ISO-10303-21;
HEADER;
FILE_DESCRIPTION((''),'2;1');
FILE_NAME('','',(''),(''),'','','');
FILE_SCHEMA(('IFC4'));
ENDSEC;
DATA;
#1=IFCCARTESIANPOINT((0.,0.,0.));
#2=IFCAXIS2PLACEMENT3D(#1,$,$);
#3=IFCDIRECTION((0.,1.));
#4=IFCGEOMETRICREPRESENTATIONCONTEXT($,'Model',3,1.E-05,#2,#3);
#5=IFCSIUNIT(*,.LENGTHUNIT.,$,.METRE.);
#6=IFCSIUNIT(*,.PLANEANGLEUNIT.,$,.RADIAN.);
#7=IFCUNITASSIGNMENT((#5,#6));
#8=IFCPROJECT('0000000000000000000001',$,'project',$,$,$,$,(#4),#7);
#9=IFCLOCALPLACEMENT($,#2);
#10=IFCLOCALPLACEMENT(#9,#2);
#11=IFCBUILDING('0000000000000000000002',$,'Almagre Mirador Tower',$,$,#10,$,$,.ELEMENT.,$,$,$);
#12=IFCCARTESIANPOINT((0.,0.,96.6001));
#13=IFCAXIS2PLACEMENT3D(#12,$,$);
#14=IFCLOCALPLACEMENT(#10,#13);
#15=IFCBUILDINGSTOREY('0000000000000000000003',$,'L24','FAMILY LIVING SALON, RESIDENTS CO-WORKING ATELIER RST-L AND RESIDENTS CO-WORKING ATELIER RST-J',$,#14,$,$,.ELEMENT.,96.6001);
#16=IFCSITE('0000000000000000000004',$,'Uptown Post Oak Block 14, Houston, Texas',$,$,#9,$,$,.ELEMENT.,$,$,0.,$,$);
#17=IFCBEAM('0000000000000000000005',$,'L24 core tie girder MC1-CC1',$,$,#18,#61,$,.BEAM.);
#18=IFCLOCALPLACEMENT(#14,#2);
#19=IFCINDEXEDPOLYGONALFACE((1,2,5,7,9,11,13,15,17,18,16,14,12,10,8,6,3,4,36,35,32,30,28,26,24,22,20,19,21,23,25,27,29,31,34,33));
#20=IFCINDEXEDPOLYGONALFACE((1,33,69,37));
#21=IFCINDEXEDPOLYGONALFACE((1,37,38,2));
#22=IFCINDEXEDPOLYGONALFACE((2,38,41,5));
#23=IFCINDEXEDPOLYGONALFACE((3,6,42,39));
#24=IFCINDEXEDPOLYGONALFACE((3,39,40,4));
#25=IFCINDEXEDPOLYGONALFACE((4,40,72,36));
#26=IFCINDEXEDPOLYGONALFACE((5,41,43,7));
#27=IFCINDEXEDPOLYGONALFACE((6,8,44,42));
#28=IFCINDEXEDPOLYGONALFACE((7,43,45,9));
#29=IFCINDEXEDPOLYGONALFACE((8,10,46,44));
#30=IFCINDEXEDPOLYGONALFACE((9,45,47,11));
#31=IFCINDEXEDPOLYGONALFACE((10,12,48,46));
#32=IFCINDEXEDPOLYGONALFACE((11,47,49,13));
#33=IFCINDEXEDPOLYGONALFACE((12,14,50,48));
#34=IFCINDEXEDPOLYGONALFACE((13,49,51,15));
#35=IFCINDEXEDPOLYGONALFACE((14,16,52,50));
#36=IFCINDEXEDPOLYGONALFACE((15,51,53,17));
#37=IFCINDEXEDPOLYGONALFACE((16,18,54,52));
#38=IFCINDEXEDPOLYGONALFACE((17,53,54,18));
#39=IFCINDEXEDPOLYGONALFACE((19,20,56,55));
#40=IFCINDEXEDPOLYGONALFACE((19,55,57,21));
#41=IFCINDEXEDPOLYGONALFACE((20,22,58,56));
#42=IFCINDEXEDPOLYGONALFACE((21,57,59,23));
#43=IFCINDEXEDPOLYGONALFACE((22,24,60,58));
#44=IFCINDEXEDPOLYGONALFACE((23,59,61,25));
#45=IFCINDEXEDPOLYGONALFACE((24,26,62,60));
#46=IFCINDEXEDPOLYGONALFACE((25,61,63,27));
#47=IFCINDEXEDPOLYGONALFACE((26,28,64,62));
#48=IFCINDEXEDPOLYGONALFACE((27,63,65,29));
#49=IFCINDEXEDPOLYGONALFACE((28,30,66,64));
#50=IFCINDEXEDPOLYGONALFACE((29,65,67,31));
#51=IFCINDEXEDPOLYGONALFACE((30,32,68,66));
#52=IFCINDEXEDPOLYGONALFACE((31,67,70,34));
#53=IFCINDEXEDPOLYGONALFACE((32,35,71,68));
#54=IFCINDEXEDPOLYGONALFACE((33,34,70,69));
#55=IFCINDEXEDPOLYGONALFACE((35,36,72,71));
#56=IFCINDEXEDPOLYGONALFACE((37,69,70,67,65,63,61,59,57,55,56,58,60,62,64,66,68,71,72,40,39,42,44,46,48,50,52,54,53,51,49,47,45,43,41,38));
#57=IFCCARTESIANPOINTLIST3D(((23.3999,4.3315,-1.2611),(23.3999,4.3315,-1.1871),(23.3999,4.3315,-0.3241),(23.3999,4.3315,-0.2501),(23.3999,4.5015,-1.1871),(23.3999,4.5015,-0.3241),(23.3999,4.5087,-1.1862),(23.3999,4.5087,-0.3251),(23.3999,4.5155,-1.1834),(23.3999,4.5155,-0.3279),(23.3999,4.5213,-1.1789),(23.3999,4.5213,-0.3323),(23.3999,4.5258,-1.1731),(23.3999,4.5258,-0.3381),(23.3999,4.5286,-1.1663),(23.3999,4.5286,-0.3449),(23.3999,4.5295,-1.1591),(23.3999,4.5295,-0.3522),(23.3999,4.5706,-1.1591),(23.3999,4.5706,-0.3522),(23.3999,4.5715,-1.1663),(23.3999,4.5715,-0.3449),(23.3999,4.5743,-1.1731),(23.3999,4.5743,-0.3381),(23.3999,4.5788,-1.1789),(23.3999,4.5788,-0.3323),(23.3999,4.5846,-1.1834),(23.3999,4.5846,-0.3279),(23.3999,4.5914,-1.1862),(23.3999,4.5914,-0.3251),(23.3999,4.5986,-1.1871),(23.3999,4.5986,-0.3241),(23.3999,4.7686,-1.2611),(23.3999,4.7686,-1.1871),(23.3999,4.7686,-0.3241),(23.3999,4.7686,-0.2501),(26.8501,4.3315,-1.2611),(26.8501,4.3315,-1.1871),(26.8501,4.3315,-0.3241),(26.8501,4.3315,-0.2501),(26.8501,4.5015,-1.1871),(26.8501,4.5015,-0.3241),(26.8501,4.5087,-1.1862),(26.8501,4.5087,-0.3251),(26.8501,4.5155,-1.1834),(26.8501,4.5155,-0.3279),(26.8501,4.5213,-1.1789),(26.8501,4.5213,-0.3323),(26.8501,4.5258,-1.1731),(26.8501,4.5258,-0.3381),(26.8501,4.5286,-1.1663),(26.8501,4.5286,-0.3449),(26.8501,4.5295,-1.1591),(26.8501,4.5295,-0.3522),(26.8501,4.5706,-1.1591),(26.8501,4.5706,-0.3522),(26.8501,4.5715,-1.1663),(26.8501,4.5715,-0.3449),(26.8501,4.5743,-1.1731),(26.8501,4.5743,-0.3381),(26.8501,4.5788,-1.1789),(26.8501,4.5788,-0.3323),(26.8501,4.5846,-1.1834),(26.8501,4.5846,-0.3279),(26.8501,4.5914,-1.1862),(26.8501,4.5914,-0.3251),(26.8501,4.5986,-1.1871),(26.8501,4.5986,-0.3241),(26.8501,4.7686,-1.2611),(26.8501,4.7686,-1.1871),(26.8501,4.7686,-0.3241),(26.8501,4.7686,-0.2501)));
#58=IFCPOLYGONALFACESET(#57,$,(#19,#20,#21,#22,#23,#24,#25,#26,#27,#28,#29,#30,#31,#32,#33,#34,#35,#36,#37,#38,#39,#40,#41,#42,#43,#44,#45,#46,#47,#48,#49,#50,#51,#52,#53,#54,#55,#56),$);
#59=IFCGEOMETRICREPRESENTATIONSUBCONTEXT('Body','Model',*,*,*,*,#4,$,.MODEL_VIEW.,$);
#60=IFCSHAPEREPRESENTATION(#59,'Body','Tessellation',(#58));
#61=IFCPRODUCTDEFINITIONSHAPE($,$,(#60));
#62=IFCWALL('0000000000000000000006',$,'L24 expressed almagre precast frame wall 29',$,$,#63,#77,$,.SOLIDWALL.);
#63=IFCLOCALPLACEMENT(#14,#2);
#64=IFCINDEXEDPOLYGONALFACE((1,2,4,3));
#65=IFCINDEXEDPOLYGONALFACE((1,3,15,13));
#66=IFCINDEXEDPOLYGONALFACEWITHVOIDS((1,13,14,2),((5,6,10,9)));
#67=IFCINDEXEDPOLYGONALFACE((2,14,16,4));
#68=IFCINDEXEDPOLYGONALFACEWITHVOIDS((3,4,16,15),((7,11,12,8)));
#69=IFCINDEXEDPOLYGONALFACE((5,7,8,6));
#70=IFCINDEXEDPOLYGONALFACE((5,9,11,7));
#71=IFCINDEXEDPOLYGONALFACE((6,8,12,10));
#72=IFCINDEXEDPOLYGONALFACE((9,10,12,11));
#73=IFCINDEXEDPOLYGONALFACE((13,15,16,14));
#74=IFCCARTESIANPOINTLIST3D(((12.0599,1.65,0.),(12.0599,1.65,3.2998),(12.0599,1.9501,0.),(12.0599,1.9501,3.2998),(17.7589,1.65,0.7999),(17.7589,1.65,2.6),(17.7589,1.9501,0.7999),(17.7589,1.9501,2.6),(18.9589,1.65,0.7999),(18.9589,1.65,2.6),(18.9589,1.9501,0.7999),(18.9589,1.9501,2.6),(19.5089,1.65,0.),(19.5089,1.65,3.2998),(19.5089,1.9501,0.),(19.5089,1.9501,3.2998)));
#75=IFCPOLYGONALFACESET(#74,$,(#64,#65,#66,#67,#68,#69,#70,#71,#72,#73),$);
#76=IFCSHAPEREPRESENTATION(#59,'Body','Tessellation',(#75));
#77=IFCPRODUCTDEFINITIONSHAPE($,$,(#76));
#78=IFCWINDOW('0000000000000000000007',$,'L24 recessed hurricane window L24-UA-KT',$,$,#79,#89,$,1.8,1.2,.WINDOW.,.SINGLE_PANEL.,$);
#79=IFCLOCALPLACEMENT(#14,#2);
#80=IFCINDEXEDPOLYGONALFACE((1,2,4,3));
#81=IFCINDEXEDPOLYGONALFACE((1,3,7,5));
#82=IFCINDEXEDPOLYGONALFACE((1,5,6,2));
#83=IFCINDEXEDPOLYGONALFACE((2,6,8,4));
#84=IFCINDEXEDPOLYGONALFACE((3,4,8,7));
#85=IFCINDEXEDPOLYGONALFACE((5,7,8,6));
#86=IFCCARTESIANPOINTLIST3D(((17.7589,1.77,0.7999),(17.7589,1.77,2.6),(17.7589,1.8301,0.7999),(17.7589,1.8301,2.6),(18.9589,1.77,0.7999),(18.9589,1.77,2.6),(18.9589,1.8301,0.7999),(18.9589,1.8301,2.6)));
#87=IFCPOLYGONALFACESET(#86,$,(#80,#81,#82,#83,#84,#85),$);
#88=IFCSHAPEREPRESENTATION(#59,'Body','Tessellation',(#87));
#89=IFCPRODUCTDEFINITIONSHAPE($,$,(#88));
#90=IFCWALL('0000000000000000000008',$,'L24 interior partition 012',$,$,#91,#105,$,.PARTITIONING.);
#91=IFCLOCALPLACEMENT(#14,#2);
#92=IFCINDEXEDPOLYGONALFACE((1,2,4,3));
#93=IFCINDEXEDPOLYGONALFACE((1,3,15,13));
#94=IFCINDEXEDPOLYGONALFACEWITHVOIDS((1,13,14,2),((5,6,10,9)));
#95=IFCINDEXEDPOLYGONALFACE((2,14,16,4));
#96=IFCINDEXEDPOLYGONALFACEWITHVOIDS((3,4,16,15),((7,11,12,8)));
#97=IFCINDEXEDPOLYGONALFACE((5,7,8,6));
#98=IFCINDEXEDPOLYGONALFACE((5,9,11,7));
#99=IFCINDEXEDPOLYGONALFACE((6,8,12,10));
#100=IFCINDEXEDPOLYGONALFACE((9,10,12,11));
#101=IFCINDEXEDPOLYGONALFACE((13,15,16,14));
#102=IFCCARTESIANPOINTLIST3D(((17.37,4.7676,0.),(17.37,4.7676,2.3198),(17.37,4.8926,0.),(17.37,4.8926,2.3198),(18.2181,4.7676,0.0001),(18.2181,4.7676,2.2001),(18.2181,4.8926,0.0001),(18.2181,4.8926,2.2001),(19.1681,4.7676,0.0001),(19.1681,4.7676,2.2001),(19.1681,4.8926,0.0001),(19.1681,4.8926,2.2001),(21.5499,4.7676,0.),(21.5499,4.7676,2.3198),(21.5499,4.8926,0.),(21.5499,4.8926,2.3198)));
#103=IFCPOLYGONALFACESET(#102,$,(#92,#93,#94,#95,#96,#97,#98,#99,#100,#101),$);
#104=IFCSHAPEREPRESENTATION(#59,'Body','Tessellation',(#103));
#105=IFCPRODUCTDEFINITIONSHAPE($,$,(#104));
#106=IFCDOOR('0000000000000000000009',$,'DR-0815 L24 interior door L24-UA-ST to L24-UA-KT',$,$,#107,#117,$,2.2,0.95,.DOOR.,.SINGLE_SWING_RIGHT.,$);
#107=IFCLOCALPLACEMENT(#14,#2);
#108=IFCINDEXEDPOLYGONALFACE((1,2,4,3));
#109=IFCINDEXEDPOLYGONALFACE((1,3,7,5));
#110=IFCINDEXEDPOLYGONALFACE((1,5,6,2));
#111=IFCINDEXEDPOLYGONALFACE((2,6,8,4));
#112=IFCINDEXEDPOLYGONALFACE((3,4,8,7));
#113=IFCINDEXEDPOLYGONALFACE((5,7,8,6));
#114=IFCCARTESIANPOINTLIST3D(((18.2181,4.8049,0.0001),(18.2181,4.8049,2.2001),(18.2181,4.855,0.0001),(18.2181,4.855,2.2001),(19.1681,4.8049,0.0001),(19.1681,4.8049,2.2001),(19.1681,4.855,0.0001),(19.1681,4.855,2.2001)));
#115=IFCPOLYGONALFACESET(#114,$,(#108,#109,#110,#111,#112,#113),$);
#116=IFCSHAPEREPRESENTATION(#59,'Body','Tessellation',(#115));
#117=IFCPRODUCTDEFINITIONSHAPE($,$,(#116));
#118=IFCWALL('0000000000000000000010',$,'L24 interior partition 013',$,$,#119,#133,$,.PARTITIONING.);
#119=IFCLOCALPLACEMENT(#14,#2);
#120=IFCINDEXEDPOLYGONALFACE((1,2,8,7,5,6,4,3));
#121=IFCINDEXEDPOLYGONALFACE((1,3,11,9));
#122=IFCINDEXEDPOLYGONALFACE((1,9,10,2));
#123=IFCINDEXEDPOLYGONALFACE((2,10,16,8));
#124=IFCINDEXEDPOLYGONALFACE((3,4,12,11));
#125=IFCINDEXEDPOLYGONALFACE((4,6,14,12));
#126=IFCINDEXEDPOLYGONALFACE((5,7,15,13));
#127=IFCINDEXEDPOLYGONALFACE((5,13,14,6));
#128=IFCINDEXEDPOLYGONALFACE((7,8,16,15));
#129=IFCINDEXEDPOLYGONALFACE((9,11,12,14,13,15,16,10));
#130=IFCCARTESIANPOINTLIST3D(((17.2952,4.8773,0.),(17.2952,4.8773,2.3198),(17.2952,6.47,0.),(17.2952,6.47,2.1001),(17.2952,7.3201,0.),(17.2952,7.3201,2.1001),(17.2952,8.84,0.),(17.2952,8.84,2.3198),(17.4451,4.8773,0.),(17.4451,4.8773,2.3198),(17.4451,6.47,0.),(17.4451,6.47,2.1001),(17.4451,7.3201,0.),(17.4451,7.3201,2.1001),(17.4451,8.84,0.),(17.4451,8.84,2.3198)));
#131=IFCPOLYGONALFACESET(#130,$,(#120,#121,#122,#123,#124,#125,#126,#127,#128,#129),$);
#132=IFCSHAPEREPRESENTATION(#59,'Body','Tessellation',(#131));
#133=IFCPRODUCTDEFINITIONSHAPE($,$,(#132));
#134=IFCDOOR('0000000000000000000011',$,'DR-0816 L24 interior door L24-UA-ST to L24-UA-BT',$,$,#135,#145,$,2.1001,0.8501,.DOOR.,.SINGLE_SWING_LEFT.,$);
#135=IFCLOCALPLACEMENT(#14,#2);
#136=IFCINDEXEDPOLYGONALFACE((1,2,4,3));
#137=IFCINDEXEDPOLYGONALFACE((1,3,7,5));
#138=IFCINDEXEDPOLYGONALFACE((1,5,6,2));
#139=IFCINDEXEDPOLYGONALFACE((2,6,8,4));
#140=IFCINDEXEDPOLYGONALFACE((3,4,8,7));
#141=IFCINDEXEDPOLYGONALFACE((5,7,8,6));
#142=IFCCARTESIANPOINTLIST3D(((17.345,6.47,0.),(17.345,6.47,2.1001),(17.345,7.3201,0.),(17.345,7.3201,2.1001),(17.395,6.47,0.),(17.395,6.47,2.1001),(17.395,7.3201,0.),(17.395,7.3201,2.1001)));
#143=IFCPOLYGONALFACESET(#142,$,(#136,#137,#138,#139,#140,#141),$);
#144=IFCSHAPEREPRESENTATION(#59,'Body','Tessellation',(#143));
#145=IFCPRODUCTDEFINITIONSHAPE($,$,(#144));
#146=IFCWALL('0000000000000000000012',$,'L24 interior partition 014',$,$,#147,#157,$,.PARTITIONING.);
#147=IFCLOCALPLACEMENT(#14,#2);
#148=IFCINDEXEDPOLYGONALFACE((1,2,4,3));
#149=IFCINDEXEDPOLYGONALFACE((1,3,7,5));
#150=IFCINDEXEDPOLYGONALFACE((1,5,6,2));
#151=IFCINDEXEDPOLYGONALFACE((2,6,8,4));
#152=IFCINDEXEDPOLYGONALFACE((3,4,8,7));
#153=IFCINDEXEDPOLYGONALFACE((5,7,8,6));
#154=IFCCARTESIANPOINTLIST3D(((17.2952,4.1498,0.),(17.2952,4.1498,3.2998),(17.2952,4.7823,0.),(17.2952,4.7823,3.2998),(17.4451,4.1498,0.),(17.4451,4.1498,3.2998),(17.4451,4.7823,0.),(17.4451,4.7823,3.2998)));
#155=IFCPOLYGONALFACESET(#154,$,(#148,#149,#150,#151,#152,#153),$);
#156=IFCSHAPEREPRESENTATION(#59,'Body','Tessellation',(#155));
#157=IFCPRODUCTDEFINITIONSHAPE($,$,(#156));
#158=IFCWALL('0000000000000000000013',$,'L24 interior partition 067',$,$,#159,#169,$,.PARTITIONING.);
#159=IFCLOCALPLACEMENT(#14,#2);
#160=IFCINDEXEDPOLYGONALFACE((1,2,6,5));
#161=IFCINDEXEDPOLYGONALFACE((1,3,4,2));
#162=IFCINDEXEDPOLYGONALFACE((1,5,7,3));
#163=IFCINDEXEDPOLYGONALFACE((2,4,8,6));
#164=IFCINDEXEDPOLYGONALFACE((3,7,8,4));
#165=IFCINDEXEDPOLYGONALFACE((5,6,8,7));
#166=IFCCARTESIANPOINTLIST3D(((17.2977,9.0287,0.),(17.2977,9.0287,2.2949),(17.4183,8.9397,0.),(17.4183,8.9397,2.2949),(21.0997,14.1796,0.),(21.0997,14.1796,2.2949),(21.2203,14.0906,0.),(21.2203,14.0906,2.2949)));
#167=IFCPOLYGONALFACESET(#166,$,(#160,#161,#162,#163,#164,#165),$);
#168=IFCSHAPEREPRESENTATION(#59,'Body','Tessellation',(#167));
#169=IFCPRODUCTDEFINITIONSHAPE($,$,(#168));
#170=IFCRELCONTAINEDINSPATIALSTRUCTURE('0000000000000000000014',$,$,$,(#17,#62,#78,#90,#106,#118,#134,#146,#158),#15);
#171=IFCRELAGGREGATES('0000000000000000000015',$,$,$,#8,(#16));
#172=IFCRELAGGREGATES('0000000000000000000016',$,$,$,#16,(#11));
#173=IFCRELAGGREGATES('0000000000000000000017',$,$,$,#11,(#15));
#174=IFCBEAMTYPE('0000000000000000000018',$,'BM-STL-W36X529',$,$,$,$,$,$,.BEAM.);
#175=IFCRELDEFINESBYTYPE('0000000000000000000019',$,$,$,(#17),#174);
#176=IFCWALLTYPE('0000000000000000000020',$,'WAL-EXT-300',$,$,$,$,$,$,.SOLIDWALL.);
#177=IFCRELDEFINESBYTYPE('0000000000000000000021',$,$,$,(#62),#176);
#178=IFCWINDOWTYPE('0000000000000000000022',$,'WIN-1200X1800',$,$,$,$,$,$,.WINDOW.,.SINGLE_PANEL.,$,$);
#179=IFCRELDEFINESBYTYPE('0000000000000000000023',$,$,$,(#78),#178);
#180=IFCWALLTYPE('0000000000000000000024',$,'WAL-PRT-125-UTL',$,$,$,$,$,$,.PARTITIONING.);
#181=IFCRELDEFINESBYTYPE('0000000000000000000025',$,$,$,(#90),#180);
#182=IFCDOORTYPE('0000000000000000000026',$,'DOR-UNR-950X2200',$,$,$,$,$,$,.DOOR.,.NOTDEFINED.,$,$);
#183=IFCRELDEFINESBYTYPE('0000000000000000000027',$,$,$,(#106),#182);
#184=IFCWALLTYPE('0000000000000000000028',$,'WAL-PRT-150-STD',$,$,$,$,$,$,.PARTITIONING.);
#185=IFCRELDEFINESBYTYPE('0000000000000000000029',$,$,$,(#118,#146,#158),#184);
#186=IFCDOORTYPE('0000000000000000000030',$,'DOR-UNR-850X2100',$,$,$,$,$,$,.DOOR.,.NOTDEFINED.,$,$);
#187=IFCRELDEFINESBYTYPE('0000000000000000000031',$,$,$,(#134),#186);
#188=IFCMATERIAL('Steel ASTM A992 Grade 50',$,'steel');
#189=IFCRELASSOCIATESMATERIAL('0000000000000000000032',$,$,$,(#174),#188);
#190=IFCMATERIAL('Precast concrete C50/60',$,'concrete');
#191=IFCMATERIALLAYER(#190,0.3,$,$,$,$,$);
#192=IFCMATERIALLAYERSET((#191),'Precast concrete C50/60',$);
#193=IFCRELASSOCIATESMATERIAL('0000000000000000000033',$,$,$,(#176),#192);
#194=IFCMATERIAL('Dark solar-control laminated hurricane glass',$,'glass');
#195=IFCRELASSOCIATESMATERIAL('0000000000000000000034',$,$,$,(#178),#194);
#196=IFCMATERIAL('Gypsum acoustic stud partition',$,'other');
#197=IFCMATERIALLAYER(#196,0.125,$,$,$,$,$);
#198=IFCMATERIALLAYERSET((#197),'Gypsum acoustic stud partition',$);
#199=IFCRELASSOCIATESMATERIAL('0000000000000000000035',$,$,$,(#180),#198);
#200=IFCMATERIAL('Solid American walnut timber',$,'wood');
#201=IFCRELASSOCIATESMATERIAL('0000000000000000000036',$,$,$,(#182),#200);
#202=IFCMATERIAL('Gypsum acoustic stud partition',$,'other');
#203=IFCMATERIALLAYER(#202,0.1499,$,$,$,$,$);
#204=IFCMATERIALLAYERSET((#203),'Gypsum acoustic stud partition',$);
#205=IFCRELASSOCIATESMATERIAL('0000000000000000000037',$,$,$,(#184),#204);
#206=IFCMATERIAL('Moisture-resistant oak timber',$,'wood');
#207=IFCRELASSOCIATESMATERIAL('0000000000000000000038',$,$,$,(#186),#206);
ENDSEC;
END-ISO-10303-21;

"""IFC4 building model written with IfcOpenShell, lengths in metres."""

from ifc_helpers import new_model, si_unit, direction, frame, frame_2d, origin, origin_2d, place, context, subcontext, project, spatial, rectangle, i_section, extrude, material, layer, layer_set, material_profile, profile_set, type_object, element, fill, save


model = new_model("IFC4")

# Units and contexts
model_context = context("Model", 3, precision=1e-05, world=origin(), true_north=direction((0.0, 1.0)))
body_context = subcontext(model_context, "Body", "Model", "MODEL_VIEW")
ifc_project = project(units=[si_unit("LENGTHUNIT", "METRE"), si_unit("PLANEANGLEUNIT", "RADIAN")], contexts=[model_context])

# Site, building, storey
site_placement = place(None, origin())
site = spatial("IfcSite", under=ifc_project, at=site_placement, Name="Uptown Post Oak Block 14, Houston, Texas", CompositionType="ELEMENT", RefElevation=0.0)
building_placement = place(site_placement, origin())
building = spatial("IfcBuilding", under=site, at=building_placement, Name="Almagre Mirador Tower", CompositionType="ELEMENT")
storey_placement = place(building_placement, frame((0.0, 0.0, 96.6001)))
storey = spatial("IfcBuildingStorey", under=building, at=storey_placement, Name="L24", Description="FAMILY LIVING SALON, RESIDENTS CO-WORKING ATELIER RST-L AND RESIDENTS CO-WORKING ATELIER RST-J", CompositionType="ELEMENT", Elevation=96.6001)

# Beam
ifc_material_1 = material(Name="Steel ASTM A992 Grade 50", Category="steel")
ifc_material_profile_1 = material_profile(ifc_material_1, i_section(OverallWidth=0.437, OverallDepth=1.011, WebThickness=0.041, FlangeThickness=0.074, FilletRadius=0.0281, at=origin_2d()), Name="W36X529")
ifc_profile_set_1 = profile_set([ifc_material_profile_1], Name="Steel ASTM A992 Grade 50")
beam_type_1 = type_object("IfcBeamType", Name="BM-STL-W36X529", PredefinedType="BEAM", material=ifc_profile_set_1)
beam_1_placement = place(storey_placement, frame((23.3999, 4.55, -0.7556), z_axis=(1.0, 0.0, 0.0), x_axis=(0.0, 1.0, 0.0)))
element("IfcBeam", 1, at=beam_1_placement, inside=storey, type_object=beam_type_1, Name="L24 core tie girder MC1-CC1", PredefinedType="BEAM", context=body_context, shape_type="SweptSolid", body=[
    extrude(i_section(OverallWidth=0.437, OverallDepth=1.011, WebThickness=0.041, FlangeThickness=0.074, FilletRadius=0.0281, at=origin_2d()), origin(), (0.0, 0.0, 1.0), 3.4502),
])

# Wall, opening, window
ifc_material_2 = material(Name="Precast concrete C50/60", Category="concrete")
ifc_layer_1 = layer(ifc_material_2, 0.3)
ifc_layer_set_1 = layer_set([ifc_layer_1], Name="Precast concrete C50/60")
wall_type_1 = type_object("IfcWallType", Name="WAL-EXT-300", PredefinedType="SOLIDWALL", material=ifc_layer_set_1)
wall_1_placement = place(storey_placement, frame((19.509, 1.8, 0.0), z_axis=(0.0, 0.0, 1.0), x_axis=(-1.0, 0.0, 0.0)))
wall_1 = element("IfcWall", 2, at=wall_1_placement, inside=storey, type_object=wall_type_1, Name="L24 expressed almagre precast frame wall 29", PredefinedType="SOLIDWALL", context=body_context, shape_type="SweptSolid", body=[
    extrude(rectangle(XDim=7.449, YDim=0.3, at=frame_2d((3.7246, 0.0))), origin(), (0.0, 0.0, 1.0), 3.2998),
])
opening_1_placement = place(wall_1_placement, frame((0.55, 0.0, 0.8)))
opening_1 = element("IfcOpeningElement", 3, at=opening_1_placement, cuts=wall_1, PredefinedType="OPENING", context=body_context, shape_type="SweptSolid", body=[
    extrude(rectangle(XDim=1.2, YDim=1.8, at=frame_2d((0.6001, 0.8999))), frame((0.0, 0.1599, 0.0), z_axis=(0.0, -1.0, 0.0), x_axis=(1.0, 0.0, 0.0)), (0.0, 0.0, 1.0), 0.32),
])
ifc_material_3 = material(Name="Dark solar-control laminated hurricane glass", Category="glass")
window_type = type_object("IfcWindowType", Name="WIN-1200X1800", PartitioningType="SINGLE_PANEL", PredefinedType="WINDOW", material=ifc_material_3)
window_placement = place(opening_1_placement, origin())
window = element("IfcWindow", 4, at=window_placement, inside=storey, type_object=window_type, Name="L24 recessed hurricane window L24-UA-KT", OverallHeight=1.8, OverallWidth=1.2, PartitioningType="SINGLE_PANEL", PredefinedType="WINDOW", context=body_context, shape_type="SweptSolid", body=[
    extrude(rectangle(XDim=1.2, YDim=1.8, at=frame_2d((0.6001, 0.8999))), frame((0.0, 0.03, 0.0), z_axis=(0.0, -1.0, 0.0), x_axis=(1.0, 0.0, 0.0)), (0.0, 0.0, 1.0), 0.0601),
])
fill(opening_1, window)

# Walls, openings, doors
ifc_material_4 = material(Name="Gypsum acoustic stud partition", Category="other")
ifc_layer_2 = layer(ifc_material_4, 0.125)
ifc_layer_set_2 = layer_set([ifc_layer_2], Name="Gypsum acoustic stud partition")
wall_type_2 = type_object("IfcWallType", Name="WAL-PRT-125-UTL", PredefinedType="PARTITIONING", material=ifc_layer_set_2)
wall_2_placement = place(storey_placement, frame((17.3701, 4.8301, 0.0), z_axis=(0.0, 0.0, 1.0), x_axis=(1.0, 0.0, 0.0)))
wall_2 = element("IfcWall", 5, at=wall_2_placement, inside=storey, type_object=wall_type_2, Name="L24 interior partition 012", PredefinedType="PARTITIONING", context=body_context, shape_type="SweptSolid", body=[
    extrude(rectangle(XDim=4.1799, YDim=0.125, at=frame_2d((2.0898, 0.0))), origin(), (0.0, 0.0, 1.0), 2.3198),
])
opening_2_placement = place(wall_2_placement, frame((0.8479, 0.0, 0.0)))
opening_2 = element("IfcOpeningElement", 6, at=opening_2_placement, cuts=wall_2, PredefinedType="OPENING", context=body_context, shape_type="SweptSolid", body=[
    extrude(rectangle(XDim=0.95, YDim=2.2, at=frame_2d((0.4751, 1.1001))), frame((0.0, 0.0725, 0.0), z_axis=(0.0, -1.0, 0.0), x_axis=(1.0, 0.0, 0.0)), (0.0, 0.0, 1.0), 0.145),
])
ifc_material_5 = material(Name="Solid American walnut timber", Category="wood")
door_type_1 = type_object("IfcDoorType", Name="DOR-UNR-950X2200", OperationType="NOTDEFINED", PredefinedType="DOOR", material=ifc_material_5)
door_1_placement = place(opening_2_placement, origin())
door_1 = element("IfcDoor", 7, at=door_1_placement, inside=storey, type_object=door_type_1, Name="DR-0815 L24 interior door L24-UA-ST to L24-UA-KT", OperationType="SINGLE_SWING_RIGHT", OverallHeight=2.2, OverallWidth=0.95, PredefinedType="DOOR", context=body_context, shape_type="SweptSolid", body=[
    extrude(rectangle(XDim=0.95, YDim=2.2, at=frame_2d((0.4751, 1.1001))), frame((0.0, 0.0249, 0.0), z_axis=(0.0, -1.0, 0.0), x_axis=(1.0, 0.0, 0.0)), (0.0, 0.0, 1.0), 0.05),
])
fill(opening_2, door_1)
ifc_material_6 = material(Name="Gypsum acoustic stud partition", Category="other")
ifc_layer_3 = layer(ifc_material_6, 0.1499)
ifc_layer_set_3 = layer_set([ifc_layer_3], Name="Gypsum acoustic stud partition")
wall_type_3 = type_object("IfcWallType", Name="WAL-PRT-150-STD", PredefinedType="PARTITIONING", material=ifc_layer_set_3)
wall_3_placement = place(storey_placement, frame((17.3701, 8.8401, 0.0), z_axis=(0.0, 0.0, 1.0), x_axis=(0.0, -1.0, 0.0)))
wall_3 = element("IfcWall", 8, at=wall_3_placement, inside=storey, type_object=wall_type_3, Name="L24 interior partition 013", PredefinedType="PARTITIONING", context=body_context, shape_type="SweptSolid", body=[
    extrude(rectangle(XDim=3.9626, YDim=0.1499, at=frame_2d((1.9814, 0.0))), origin(), (0.0, 0.0, 1.0), 2.3198),
])
opening_3_placement = place(wall_3_placement, frame((1.52, 0.0, 0.0)))
opening_3 = element("IfcOpeningElement", 9, at=opening_3_placement, cuts=wall_3, PredefinedType="OPENING", context=body_context, shape_type="SweptSolid", body=[
    extrude(rectangle(XDim=0.8501, YDim=2.1001, at=frame_2d((0.425, 1.05))), frame((0.0, 0.085, 0.0), z_axis=(0.0, -1.0, 0.0), x_axis=(1.0, 0.0, 0.0)), (0.0, 0.0, 1.0), 0.1699),
])
ifc_material_7 = material(Name="Moisture-resistant oak timber", Category="wood")
door_type_2 = type_object("IfcDoorType", Name="DOR-UNR-850X2100", OperationType="NOTDEFINED", PredefinedType="DOOR", material=ifc_material_7)
door_2_placement = place(opening_3_placement, origin())
door_2 = element("IfcDoor", 10, at=door_2_placement, inside=storey, type_object=door_type_2, Name="DR-0816 L24 interior door L24-UA-ST to L24-UA-BT", OperationType="SINGLE_SWING_LEFT", OverallHeight=2.1001, OverallWidth=0.8501, PredefinedType="DOOR", context=body_context, shape_type="SweptSolid", body=[
    extrude(rectangle(XDim=0.8501, YDim=2.1001, at=frame_2d((0.425, 1.05))), frame((0.0, 0.0249, 0.0), z_axis=(0.0, -1.0, 0.0), x_axis=(1.0, 0.0, 0.0)), (0.0, 0.0, 1.0), 0.05),
])
fill(opening_3, door_2)

# Walls
wall_4_placement = place(storey_placement, frame((17.3701, 4.7825, 0.0), z_axis=(0.0, 0.0, 1.0), x_axis=(0.0, -1.0, 0.0)))
element("IfcWall", 11, at=wall_4_placement, inside=storey, type_object=wall_type_3, Name="L24 interior partition 014", PredefinedType="PARTITIONING", context=body_context, shape_type="SweptSolid", body=[
    extrude(rectangle(XDim=0.6326, YDim=0.1499, at=frame_2d((0.3164, 0.0))), origin(), (0.0, 0.0, 1.0), 3.2998),
])
wall_5_placement = place(storey_placement, frame((17.3579, 8.9841, 0.0), z_axis=(0.0, 0.0, 1.0), x_axis=(0.593869, 0.804562, 0.0)))
element("IfcWall", 12, at=wall_5_placement, inside=storey, type_object=wall_type_3, Name="L24 interior partition 067", PredefinedType="PARTITIONING", context=body_context, shape_type="SweptSolid", body=[
    extrude(rectangle(XDim=6.4021, YDim=0.1499, at=frame_2d((3.2012, 0.0))), origin(), (0.0, 0.0, 1.0), 2.2949),
])

save(model, "model.ifc")
